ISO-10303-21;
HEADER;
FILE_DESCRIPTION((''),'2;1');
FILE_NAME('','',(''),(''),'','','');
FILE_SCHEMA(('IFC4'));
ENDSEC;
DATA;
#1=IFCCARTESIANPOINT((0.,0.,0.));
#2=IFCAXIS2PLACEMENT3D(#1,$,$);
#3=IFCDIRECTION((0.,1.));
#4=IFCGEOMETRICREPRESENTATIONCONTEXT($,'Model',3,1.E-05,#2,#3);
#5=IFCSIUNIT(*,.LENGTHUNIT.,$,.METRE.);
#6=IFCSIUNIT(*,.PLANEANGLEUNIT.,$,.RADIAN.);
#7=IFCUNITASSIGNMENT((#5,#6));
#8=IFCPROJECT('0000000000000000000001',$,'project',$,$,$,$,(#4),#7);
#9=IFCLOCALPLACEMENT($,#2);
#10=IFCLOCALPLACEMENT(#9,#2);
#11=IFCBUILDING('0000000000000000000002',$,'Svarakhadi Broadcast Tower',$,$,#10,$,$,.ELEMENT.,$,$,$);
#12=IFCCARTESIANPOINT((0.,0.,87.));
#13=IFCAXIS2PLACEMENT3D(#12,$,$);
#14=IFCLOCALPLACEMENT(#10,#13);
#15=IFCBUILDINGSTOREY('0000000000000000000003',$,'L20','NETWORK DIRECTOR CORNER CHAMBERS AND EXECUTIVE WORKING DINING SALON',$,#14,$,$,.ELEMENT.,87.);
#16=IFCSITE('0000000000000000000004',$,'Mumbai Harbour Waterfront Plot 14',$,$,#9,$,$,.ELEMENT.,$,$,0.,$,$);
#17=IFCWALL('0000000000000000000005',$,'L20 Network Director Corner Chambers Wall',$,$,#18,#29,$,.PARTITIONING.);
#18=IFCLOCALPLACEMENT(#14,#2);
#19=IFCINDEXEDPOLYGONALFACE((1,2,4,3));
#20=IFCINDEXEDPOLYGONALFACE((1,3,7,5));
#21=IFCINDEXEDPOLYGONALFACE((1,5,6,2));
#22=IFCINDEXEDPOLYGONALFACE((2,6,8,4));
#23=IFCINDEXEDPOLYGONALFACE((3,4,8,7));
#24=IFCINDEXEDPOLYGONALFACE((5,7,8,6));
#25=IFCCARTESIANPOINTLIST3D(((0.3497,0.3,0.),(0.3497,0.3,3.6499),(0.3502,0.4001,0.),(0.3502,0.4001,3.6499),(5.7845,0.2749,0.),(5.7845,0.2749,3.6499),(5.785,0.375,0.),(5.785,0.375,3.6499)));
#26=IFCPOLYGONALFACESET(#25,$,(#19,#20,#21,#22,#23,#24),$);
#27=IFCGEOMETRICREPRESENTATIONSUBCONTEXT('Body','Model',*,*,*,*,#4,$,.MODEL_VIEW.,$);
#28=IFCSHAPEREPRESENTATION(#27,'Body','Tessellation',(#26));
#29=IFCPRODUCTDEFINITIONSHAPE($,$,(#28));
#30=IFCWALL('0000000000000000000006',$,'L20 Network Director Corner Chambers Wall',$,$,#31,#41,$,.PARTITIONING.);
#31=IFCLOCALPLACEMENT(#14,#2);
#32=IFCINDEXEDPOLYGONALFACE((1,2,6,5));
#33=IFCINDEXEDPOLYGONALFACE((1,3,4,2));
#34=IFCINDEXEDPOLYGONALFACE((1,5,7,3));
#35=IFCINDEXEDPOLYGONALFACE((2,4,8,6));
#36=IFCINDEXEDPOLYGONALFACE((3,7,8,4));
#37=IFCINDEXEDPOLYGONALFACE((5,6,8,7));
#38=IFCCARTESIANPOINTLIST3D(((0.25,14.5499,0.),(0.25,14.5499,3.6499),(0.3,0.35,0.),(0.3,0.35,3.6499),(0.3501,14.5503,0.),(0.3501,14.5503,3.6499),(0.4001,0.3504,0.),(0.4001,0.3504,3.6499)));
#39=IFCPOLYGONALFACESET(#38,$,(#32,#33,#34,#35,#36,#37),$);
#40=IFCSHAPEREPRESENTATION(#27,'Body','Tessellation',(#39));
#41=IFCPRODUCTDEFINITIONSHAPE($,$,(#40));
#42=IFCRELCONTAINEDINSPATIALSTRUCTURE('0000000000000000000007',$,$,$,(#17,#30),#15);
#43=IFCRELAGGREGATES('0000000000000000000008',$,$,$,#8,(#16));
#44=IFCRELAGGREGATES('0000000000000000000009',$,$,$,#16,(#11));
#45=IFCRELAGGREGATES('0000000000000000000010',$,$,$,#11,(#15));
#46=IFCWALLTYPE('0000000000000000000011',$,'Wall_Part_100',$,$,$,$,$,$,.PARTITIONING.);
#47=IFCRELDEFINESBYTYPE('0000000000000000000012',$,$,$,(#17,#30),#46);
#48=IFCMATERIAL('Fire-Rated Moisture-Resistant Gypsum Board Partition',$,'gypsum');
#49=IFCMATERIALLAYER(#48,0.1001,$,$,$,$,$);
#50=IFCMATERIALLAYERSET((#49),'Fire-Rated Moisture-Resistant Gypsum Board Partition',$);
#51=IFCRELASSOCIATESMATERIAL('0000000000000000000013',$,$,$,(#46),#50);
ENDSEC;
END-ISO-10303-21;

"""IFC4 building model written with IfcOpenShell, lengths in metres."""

from ifc_helpers import new_model, si_unit, direction, frame, frame_2d, origin, place, context, subcontext, project, spatial, rectangle, extrude, material, layer, layer_set, type_object, element, save


model = new_model("IFC4")

# Units and contexts
model_context = context("Model", 3, precision=1e-05, world=origin(), true_north=direction((0.0, 1.0)))
body_context = subcontext(model_context, "Body", "Model", "MODEL_VIEW")
ifc_project = project(units=[si_unit("LENGTHUNIT", "METRE"), si_unit("PLANEANGLEUNIT", "RADIAN")], contexts=[model_context])

# Site, building, storey
site_placement = place(None, origin())
site = spatial("IfcSite", under=ifc_project, at=site_placement, Name="Mumbai Harbour Waterfront Plot 14", CompositionType="ELEMENT", RefElevation=0.0)
building_placement = place(site_placement, origin())
building = spatial("IfcBuilding", under=site, at=building_placement, Name="Svarakhadi Broadcast Tower", CompositionType="ELEMENT")
storey_placement = place(building_placement, frame((0.0, 0.0, 87.0)))
storey = spatial("IfcBuildingStorey", under=building, at=storey_placement, Name="L20", Description="NETWORK DIRECTOR CORNER CHAMBERS AND EXECUTIVE WORKING DINING SALON", CompositionType="ELEMENT", Elevation=87.0)

# Walls
ifc_material_1 = material(Name="Fire-Rated Moisture-Resistant Gypsum Board Partition", Category="gypsum")
ifc_layer_1 = layer(ifc_material_1, 0.1001)
ifc_layer_set_1 = layer_set([ifc_layer_1], Name="Fire-Rated Moisture-Resistant Gypsum Board Partition")
wall_type = type_object("IfcWallType", Name="Wall_Part_100", PredefinedType="PARTITIONING", material=ifc_layer_set_1)
wall_1_placement = place(storey_placement, frame((0.3501, 0.3501, 0.0), z_axis=(0.0, 0.0, 1.0), x_axis=(0.999989, -0.004627, 0.0)))
element("IfcWall", 1, at=wall_1_placement, inside=storey, type_object=wall_type, Name="L20 Network Director Corner Chambers Wall", PredefinedType="PARTITIONING", context=body_context, shape_type="SweptSolid", body=[
    extrude(rectangle(XDim=5.4348, YDim=0.1001, at=frame_2d((2.7173, 0.0))), origin(), (0.0, 0.0, 1.0), 3.6499),
])
wall_2_placement = place(storey_placement, frame((0.3501, 0.3501, 0.0), z_axis=(0.0, 0.0, 1.0), x_axis=(-0.003525, 0.999994, 0.0)))
element("IfcWall", 2, at=wall_2_placement, inside=storey, type_object=wall_type, Name="L20 Network Director Corner Chambers Wall", PredefinedType="PARTITIONING", context=body_context, shape_type="SweptSolid", body=[
    extrude(rectangle(XDim=14.2, YDim=0.1001, at=frame_2d((7.1001, 0.0))), origin(), (0.0, 0.0, 1.0), 3.6499),
])

save(model, "model.ifc")
